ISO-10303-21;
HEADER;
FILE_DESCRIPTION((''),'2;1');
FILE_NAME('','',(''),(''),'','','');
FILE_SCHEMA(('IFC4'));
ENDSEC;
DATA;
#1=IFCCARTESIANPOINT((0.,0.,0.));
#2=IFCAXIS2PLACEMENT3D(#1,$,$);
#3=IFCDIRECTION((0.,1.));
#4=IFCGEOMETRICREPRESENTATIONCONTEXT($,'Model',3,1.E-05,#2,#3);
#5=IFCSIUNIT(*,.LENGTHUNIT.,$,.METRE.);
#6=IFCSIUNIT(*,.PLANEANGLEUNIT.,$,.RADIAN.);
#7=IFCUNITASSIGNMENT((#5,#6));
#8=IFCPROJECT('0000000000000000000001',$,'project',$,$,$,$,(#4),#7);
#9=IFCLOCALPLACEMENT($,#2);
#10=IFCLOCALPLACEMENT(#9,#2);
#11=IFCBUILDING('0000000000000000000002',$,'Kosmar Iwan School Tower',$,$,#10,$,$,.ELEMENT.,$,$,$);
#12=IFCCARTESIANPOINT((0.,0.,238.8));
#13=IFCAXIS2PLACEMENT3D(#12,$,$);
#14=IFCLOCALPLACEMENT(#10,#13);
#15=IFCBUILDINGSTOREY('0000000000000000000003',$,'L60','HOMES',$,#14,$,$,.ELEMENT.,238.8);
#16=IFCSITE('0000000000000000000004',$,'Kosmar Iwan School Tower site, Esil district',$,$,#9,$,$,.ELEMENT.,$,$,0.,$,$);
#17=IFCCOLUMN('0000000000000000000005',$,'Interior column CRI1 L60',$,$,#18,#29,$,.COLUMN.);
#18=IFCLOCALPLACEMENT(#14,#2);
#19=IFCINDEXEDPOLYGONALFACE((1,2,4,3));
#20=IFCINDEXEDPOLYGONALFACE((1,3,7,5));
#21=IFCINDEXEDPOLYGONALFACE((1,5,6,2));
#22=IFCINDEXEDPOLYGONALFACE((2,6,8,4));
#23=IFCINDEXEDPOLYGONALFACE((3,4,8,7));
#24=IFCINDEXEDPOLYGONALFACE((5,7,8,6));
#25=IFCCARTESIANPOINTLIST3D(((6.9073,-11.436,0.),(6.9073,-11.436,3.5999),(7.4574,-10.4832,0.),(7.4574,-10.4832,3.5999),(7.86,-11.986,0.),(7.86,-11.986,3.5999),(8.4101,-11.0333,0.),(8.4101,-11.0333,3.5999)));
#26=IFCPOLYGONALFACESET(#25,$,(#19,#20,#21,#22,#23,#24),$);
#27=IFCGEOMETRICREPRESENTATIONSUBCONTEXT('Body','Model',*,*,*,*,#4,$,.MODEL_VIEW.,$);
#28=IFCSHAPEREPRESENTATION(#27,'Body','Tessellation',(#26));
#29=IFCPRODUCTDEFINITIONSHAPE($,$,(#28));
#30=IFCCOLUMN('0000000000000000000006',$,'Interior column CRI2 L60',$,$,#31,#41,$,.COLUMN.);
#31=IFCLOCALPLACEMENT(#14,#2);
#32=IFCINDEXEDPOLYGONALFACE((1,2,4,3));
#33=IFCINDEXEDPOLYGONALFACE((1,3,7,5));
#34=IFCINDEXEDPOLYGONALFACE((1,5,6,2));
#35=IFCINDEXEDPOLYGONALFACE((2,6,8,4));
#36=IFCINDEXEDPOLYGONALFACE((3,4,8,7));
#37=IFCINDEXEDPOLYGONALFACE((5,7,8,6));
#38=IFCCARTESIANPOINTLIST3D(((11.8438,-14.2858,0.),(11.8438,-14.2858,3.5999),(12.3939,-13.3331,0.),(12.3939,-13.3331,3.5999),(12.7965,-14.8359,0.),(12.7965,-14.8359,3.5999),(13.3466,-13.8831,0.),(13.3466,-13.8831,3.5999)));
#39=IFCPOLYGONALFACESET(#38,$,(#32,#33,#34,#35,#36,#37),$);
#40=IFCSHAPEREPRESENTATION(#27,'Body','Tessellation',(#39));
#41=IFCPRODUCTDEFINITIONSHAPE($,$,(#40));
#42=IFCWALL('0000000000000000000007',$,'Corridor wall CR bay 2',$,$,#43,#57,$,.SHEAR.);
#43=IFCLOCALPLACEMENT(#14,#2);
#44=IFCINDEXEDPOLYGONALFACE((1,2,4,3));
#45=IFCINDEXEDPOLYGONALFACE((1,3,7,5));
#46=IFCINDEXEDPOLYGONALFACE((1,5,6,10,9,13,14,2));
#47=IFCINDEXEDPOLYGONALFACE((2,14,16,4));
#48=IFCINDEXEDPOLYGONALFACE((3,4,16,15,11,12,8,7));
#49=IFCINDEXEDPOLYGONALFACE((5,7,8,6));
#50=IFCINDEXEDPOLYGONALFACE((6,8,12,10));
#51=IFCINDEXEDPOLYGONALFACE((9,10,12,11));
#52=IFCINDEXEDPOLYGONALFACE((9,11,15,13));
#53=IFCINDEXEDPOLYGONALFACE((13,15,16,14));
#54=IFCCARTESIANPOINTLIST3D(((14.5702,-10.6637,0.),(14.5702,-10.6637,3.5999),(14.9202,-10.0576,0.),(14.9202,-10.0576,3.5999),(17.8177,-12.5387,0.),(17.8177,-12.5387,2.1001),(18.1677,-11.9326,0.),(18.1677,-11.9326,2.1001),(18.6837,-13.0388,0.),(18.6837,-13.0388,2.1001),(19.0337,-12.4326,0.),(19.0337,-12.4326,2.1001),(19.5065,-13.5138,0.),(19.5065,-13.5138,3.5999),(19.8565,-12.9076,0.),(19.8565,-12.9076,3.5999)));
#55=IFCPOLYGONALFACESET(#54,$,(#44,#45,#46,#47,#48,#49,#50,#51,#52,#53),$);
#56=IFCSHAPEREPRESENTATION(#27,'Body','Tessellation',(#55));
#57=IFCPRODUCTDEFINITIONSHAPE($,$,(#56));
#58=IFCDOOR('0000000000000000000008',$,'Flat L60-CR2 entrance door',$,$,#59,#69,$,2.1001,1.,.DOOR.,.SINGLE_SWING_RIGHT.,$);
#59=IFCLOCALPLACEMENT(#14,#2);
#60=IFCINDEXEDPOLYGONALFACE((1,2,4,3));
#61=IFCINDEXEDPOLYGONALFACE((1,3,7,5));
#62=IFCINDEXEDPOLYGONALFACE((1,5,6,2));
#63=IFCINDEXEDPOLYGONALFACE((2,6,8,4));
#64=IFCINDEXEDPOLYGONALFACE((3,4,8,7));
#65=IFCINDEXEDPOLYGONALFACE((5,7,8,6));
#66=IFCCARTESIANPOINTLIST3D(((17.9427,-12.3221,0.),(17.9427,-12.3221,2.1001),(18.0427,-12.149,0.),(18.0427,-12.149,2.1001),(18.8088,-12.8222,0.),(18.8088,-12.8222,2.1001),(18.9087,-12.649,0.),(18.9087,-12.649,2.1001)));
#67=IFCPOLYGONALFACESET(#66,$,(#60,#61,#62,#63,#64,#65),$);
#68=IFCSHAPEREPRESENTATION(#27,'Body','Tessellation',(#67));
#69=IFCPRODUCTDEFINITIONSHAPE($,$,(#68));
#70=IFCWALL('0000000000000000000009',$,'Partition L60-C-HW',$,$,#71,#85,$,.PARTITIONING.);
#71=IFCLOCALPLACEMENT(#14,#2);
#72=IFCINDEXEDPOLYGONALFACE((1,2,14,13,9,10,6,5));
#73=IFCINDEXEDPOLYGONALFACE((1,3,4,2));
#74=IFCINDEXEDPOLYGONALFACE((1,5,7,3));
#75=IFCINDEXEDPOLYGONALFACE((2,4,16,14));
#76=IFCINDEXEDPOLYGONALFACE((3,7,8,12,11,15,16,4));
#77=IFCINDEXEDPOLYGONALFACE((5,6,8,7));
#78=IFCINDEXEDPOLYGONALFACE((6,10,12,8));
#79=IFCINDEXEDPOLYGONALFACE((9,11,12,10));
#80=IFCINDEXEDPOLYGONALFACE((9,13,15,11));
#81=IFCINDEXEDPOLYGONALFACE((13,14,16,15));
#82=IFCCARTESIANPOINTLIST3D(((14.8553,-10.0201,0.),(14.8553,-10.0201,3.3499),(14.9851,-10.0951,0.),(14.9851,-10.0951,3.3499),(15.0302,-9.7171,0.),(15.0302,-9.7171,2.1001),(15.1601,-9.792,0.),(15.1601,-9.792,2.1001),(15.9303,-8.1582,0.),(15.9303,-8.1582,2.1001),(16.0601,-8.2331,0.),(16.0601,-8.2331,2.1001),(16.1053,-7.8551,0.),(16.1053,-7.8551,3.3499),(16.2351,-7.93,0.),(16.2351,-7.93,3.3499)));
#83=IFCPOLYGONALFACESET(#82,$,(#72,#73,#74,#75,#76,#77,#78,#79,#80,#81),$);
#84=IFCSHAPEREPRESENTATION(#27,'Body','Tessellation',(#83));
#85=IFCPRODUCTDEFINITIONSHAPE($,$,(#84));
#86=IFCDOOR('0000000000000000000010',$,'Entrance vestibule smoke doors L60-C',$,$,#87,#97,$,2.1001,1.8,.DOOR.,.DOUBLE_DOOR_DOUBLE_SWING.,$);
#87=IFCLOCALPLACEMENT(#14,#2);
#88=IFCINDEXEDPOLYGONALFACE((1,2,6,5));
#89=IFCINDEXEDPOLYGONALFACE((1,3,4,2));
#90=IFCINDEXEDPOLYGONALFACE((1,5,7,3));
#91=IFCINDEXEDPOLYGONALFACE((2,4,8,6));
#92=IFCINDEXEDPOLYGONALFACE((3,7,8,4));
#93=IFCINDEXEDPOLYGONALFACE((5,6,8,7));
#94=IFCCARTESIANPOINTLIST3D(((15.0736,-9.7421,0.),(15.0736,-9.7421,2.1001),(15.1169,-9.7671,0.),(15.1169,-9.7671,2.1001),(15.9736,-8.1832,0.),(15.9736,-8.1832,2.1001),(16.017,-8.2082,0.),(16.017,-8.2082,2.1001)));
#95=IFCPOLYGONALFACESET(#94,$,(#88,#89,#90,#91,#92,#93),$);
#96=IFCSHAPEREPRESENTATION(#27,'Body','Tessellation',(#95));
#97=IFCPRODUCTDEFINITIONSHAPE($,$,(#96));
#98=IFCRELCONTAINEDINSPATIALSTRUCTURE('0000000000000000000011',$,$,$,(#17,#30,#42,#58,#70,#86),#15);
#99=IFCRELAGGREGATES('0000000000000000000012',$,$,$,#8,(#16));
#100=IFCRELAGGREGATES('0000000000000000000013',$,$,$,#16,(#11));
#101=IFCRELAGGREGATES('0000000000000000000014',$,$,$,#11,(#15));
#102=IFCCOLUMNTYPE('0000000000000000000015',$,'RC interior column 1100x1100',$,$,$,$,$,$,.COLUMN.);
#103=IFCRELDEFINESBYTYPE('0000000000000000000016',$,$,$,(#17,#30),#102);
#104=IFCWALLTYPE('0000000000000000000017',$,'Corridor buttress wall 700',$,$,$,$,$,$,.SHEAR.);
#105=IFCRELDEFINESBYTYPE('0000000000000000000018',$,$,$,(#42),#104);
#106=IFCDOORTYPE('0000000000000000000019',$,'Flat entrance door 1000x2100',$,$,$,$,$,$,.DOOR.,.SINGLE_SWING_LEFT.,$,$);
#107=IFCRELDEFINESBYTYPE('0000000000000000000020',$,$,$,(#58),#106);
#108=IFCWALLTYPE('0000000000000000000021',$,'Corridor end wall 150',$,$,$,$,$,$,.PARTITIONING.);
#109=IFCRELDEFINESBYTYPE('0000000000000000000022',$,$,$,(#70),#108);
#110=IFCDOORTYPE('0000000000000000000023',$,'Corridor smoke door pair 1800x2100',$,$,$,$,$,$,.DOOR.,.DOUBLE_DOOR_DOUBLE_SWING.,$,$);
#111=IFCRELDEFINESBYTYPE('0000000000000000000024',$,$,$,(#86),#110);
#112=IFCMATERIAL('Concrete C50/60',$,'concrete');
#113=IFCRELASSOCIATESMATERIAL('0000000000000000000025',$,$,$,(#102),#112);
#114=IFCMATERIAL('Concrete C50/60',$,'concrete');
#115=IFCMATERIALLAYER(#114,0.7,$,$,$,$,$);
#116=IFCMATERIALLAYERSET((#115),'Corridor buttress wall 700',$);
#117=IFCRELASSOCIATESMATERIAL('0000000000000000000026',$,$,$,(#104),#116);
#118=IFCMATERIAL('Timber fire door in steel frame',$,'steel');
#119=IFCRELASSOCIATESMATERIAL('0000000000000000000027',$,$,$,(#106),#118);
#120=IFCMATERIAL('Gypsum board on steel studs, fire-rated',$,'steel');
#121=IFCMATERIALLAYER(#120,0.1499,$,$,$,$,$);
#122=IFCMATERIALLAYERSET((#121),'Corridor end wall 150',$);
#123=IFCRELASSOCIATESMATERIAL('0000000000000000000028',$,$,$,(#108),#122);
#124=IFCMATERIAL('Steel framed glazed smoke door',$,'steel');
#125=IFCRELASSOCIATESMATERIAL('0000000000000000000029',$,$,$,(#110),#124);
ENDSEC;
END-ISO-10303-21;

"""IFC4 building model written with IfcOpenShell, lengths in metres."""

from ifc_helpers import new_model, si_unit, direction, frame, frame_2d, origin, origin_2d, place, context, subcontext, project, spatial, rectangle, extrude, material, layer, layer_set, material_profile, profile_set, type_object, element, fill, save


model = new_model("IFC4")

# Units and contexts
model_context = context("Model", 3, precision=1e-05, world=origin(), true_north=direction((0.0, 1.0)))
body_context = subcontext(model_context, "Body", "Model", "MODEL_VIEW")
ifc_project = project(units=[si_unit("LENGTHUNIT", "METRE"), si_unit("PLANEANGLEUNIT", "RADIAN")], contexts=[model_context])

# Site, building, storey
site_placement = place(None, origin())
site = spatial("IfcSite", under=ifc_project, at=site_placement, Name="Kosmar Iwan School Tower site, Esil district", CompositionType="ELEMENT", RefElevation=0.0)
building_placement = place(site_placement, origin())
building = spatial("IfcBuilding", under=site, at=building_placement, Name="Kosmar Iwan School Tower", CompositionType="ELEMENT")
storey_placement = place(building_placement, frame((0.0, 0.0, 238.8)))
storey = spatial("IfcBuildingStorey", under=building, at=storey_placement, Name="L60", Description="HOMES", CompositionType="ELEMENT", Elevation=238.8)

# Columns
ifc_material_1 = material(Name="Concrete C50/60", Category="concrete")
ifc_material_profile = material_profile(ifc_material_1, rectangle(XDim=1.1001, YDim=1.1001, at=origin_2d()), Name="RC 1100x1100")
ifc_profile_set = profile_set([ifc_material_profile], Name="Concrete C50/60")
column_type = type_object("IfcColumnType", Name="RC interior column 1100x1100", PredefinedType="COLUMN", material=ifc_profile_set)
for number, where, z_axis, x_axis, name in (
    (1, (7.6587, -11.2346, 0.0), (0.0, 0.0, 1.0), (0.866025, -0.5, 0.0), "Interior column CRI1 L60"),
    (2, (12.5952, -14.0845, 0.0), (0.0, 0.0, 1.0), (0.866025, -0.5, 0.0), "Interior column CRI2 L60"),
):
    element("IfcColumn", number, at=place(storey_placement, frame(where, z_axis=z_axis, x_axis=x_axis)), inside=storey, type_object=column_type, Name=name, PredefinedType="COLUMN", context=body_context, shape_type="SweptSolid", body=[
        extrude(rectangle(XDim=1.1001, YDim=1.1001, at=origin_2d()), origin(), (0.0, 0.0, 1.0), 3.5999),
    ])

# Walls, openings, doors
ifc_material_2 = material(Name="Concrete C50/60", Category="concrete")
ifc_layer_1 = layer(ifc_material_2, 0.7)
ifc_layer_set_1 = layer_set([ifc_layer_1], Name="Corridor buttress wall 700")
wall_type_1 = type_object("IfcWallType", Name="Corridor buttress wall 700", PredefinedType="SHEAR", material=ifc_layer_set_1)
wall_1_placement = place(storey_placement, frame((14.7451, -10.3606, 0.0), z_axis=(0.0, 0.0, 1.0), x_axis=(0.866015, -0.500018, 0.0)))
wall_1 = element("IfcWall", 3, at=wall_1_placement, inside=storey, type_object=wall_type_1, Name="Corridor wall CR bay 2", PredefinedType="SHEAR", context=body_context, shape_type="SweptSolid", body=[
    extrude(rectangle(XDim=5.7, YDim=0.7, at=frame_2d((2.8501, 0.0))), origin(), (0.0, 0.0, 1.0), 3.5999),
])
opening_1_placement = place(wall_1_placement, frame((3.75, 0.0, 0.0)))
opening_1 = element("IfcOpeningElement", 4, at=opening_1_placement, cuts=wall_1, PredefinedType="OPENING", context=body_context, shape_type="SweptSolid", body=[
    extrude(rectangle(XDim=1.0, YDim=2.1001, at=frame_2d((0.5, 1.05))), frame((0.0, 0.3621, 0.0), z_axis=(0.0, -1.0, 0.0), x_axis=(1.0, 0.0, 0.0)), (0.0, 0.0, 1.0), 0.7239),
])
ifc_material_3 = material(Name="Timber fire door in steel frame", Category="steel")
door_type_1 = type_object("IfcDoorType", Name="Flat entrance door 1000x2100", OperationType="SINGLE_SWING_LEFT", PredefinedType="DOOR", material=ifc_material_3)
door_1_placement = place(opening_1_placement, origin())
door_1 = element("IfcDoor", 5, at=door_1_placement, inside=storey, type_object=door_type_1, Name="Flat L60-CR2 entrance door", OperationType="SINGLE_SWING_RIGHT", OverallHeight=2.1001, OverallWidth=1.0, PredefinedType="DOOR", context=body_context, shape_type="SweptSolid", body=[
    extrude(rectangle(XDim=1.0, YDim=2.1001, at=frame_2d((0.5, 1.05))), frame((0.0, 0.1001, 0.0), z_axis=(0.0, -1.0, 0.0), x_axis=(1.0, 0.0, 0.0)), (0.0, 0.0, 1.0), 0.2),
])
fill(opening_1, door_1)
ifc_material_4 = material(Name="Gypsum board on steel studs, fire-rated", Category="steel")
ifc_layer_2 = layer(ifc_material_4, 0.1499)
ifc_layer_set_2 = layer_set([ifc_layer_2], Name="Corridor end wall 150")
wall_type_2 = type_object("IfcWallType", Name="Corridor end wall 150", PredefinedType="PARTITIONING", material=ifc_layer_set_2)
wall_2_placement = place(storey_placement, frame((14.9202, -10.0576, 0.0), z_axis=(0.0, 0.0, 1.0), x_axis=(0.500004, 0.866023, 0.0)))
wall_2 = element("IfcWall", 6, at=wall_2_placement, inside=storey, type_object=wall_type_2, Name="Partition L60-C-HW", PredefinedType="PARTITIONING", context=body_context, shape_type="SweptSolid", body=[
    extrude(rectangle(XDim=2.5, YDim=0.1499, at=frame_2d((1.25, 0.0))), origin(), (0.0, 0.0, 1.0), 3.3499),
])
opening_2_placement = place(wall_2_placement, frame((0.3501, 0.0, 0.0)))
opening_2 = element("IfcOpeningElement", 7, at=opening_2_placement, cuts=wall_2, PredefinedType="OPENING", context=body_context, shape_type="SweptSolid", body=[
    extrude(rectangle(XDim=1.8, YDim=2.1001, at=frame_2d((0.8999, 1.05))), frame((0.0, 0.0869, 0.0), z_axis=(0.0, -1.0, 0.0), x_axis=(1.0, 0.0, 0.0)), (0.0, 0.0, 1.0), 0.1738),
])
ifc_material_5 = material(Name="Steel framed glazed smoke door", Category="steel")
door_type_2 = type_object("IfcDoorType", Name="Corridor smoke door pair 1800x2100", OperationType="DOUBLE_DOOR_DOUBLE_SWING", PredefinedType="DOOR", material=ifc_material_5)
door_2_placement = place(opening_2_placement, origin())
door_2 = element("IfcDoor", 8, at=door_2_placement, inside=storey, type_object=door_type_2, Name="Entrance vestibule smoke doors L60-C", OperationType="DOUBLE_DOOR_DOUBLE_SWING", OverallHeight=2.1001, OverallWidth=1.8, PredefinedType="DOOR", context=body_context, shape_type="SweptSolid", body=[
    extrude(rectangle(XDim=1.8, YDim=2.1001, at=frame_2d((0.8999, 1.05))), frame((0.0, 0.0249, 0.0), z_axis=(0.0, -1.0, 0.0), x_axis=(1.0, 0.0, 0.0)), (0.0, 0.0, 1.0), 0.05),
])
fill(opening_2, door_2)

save(model, "model.ifc")
